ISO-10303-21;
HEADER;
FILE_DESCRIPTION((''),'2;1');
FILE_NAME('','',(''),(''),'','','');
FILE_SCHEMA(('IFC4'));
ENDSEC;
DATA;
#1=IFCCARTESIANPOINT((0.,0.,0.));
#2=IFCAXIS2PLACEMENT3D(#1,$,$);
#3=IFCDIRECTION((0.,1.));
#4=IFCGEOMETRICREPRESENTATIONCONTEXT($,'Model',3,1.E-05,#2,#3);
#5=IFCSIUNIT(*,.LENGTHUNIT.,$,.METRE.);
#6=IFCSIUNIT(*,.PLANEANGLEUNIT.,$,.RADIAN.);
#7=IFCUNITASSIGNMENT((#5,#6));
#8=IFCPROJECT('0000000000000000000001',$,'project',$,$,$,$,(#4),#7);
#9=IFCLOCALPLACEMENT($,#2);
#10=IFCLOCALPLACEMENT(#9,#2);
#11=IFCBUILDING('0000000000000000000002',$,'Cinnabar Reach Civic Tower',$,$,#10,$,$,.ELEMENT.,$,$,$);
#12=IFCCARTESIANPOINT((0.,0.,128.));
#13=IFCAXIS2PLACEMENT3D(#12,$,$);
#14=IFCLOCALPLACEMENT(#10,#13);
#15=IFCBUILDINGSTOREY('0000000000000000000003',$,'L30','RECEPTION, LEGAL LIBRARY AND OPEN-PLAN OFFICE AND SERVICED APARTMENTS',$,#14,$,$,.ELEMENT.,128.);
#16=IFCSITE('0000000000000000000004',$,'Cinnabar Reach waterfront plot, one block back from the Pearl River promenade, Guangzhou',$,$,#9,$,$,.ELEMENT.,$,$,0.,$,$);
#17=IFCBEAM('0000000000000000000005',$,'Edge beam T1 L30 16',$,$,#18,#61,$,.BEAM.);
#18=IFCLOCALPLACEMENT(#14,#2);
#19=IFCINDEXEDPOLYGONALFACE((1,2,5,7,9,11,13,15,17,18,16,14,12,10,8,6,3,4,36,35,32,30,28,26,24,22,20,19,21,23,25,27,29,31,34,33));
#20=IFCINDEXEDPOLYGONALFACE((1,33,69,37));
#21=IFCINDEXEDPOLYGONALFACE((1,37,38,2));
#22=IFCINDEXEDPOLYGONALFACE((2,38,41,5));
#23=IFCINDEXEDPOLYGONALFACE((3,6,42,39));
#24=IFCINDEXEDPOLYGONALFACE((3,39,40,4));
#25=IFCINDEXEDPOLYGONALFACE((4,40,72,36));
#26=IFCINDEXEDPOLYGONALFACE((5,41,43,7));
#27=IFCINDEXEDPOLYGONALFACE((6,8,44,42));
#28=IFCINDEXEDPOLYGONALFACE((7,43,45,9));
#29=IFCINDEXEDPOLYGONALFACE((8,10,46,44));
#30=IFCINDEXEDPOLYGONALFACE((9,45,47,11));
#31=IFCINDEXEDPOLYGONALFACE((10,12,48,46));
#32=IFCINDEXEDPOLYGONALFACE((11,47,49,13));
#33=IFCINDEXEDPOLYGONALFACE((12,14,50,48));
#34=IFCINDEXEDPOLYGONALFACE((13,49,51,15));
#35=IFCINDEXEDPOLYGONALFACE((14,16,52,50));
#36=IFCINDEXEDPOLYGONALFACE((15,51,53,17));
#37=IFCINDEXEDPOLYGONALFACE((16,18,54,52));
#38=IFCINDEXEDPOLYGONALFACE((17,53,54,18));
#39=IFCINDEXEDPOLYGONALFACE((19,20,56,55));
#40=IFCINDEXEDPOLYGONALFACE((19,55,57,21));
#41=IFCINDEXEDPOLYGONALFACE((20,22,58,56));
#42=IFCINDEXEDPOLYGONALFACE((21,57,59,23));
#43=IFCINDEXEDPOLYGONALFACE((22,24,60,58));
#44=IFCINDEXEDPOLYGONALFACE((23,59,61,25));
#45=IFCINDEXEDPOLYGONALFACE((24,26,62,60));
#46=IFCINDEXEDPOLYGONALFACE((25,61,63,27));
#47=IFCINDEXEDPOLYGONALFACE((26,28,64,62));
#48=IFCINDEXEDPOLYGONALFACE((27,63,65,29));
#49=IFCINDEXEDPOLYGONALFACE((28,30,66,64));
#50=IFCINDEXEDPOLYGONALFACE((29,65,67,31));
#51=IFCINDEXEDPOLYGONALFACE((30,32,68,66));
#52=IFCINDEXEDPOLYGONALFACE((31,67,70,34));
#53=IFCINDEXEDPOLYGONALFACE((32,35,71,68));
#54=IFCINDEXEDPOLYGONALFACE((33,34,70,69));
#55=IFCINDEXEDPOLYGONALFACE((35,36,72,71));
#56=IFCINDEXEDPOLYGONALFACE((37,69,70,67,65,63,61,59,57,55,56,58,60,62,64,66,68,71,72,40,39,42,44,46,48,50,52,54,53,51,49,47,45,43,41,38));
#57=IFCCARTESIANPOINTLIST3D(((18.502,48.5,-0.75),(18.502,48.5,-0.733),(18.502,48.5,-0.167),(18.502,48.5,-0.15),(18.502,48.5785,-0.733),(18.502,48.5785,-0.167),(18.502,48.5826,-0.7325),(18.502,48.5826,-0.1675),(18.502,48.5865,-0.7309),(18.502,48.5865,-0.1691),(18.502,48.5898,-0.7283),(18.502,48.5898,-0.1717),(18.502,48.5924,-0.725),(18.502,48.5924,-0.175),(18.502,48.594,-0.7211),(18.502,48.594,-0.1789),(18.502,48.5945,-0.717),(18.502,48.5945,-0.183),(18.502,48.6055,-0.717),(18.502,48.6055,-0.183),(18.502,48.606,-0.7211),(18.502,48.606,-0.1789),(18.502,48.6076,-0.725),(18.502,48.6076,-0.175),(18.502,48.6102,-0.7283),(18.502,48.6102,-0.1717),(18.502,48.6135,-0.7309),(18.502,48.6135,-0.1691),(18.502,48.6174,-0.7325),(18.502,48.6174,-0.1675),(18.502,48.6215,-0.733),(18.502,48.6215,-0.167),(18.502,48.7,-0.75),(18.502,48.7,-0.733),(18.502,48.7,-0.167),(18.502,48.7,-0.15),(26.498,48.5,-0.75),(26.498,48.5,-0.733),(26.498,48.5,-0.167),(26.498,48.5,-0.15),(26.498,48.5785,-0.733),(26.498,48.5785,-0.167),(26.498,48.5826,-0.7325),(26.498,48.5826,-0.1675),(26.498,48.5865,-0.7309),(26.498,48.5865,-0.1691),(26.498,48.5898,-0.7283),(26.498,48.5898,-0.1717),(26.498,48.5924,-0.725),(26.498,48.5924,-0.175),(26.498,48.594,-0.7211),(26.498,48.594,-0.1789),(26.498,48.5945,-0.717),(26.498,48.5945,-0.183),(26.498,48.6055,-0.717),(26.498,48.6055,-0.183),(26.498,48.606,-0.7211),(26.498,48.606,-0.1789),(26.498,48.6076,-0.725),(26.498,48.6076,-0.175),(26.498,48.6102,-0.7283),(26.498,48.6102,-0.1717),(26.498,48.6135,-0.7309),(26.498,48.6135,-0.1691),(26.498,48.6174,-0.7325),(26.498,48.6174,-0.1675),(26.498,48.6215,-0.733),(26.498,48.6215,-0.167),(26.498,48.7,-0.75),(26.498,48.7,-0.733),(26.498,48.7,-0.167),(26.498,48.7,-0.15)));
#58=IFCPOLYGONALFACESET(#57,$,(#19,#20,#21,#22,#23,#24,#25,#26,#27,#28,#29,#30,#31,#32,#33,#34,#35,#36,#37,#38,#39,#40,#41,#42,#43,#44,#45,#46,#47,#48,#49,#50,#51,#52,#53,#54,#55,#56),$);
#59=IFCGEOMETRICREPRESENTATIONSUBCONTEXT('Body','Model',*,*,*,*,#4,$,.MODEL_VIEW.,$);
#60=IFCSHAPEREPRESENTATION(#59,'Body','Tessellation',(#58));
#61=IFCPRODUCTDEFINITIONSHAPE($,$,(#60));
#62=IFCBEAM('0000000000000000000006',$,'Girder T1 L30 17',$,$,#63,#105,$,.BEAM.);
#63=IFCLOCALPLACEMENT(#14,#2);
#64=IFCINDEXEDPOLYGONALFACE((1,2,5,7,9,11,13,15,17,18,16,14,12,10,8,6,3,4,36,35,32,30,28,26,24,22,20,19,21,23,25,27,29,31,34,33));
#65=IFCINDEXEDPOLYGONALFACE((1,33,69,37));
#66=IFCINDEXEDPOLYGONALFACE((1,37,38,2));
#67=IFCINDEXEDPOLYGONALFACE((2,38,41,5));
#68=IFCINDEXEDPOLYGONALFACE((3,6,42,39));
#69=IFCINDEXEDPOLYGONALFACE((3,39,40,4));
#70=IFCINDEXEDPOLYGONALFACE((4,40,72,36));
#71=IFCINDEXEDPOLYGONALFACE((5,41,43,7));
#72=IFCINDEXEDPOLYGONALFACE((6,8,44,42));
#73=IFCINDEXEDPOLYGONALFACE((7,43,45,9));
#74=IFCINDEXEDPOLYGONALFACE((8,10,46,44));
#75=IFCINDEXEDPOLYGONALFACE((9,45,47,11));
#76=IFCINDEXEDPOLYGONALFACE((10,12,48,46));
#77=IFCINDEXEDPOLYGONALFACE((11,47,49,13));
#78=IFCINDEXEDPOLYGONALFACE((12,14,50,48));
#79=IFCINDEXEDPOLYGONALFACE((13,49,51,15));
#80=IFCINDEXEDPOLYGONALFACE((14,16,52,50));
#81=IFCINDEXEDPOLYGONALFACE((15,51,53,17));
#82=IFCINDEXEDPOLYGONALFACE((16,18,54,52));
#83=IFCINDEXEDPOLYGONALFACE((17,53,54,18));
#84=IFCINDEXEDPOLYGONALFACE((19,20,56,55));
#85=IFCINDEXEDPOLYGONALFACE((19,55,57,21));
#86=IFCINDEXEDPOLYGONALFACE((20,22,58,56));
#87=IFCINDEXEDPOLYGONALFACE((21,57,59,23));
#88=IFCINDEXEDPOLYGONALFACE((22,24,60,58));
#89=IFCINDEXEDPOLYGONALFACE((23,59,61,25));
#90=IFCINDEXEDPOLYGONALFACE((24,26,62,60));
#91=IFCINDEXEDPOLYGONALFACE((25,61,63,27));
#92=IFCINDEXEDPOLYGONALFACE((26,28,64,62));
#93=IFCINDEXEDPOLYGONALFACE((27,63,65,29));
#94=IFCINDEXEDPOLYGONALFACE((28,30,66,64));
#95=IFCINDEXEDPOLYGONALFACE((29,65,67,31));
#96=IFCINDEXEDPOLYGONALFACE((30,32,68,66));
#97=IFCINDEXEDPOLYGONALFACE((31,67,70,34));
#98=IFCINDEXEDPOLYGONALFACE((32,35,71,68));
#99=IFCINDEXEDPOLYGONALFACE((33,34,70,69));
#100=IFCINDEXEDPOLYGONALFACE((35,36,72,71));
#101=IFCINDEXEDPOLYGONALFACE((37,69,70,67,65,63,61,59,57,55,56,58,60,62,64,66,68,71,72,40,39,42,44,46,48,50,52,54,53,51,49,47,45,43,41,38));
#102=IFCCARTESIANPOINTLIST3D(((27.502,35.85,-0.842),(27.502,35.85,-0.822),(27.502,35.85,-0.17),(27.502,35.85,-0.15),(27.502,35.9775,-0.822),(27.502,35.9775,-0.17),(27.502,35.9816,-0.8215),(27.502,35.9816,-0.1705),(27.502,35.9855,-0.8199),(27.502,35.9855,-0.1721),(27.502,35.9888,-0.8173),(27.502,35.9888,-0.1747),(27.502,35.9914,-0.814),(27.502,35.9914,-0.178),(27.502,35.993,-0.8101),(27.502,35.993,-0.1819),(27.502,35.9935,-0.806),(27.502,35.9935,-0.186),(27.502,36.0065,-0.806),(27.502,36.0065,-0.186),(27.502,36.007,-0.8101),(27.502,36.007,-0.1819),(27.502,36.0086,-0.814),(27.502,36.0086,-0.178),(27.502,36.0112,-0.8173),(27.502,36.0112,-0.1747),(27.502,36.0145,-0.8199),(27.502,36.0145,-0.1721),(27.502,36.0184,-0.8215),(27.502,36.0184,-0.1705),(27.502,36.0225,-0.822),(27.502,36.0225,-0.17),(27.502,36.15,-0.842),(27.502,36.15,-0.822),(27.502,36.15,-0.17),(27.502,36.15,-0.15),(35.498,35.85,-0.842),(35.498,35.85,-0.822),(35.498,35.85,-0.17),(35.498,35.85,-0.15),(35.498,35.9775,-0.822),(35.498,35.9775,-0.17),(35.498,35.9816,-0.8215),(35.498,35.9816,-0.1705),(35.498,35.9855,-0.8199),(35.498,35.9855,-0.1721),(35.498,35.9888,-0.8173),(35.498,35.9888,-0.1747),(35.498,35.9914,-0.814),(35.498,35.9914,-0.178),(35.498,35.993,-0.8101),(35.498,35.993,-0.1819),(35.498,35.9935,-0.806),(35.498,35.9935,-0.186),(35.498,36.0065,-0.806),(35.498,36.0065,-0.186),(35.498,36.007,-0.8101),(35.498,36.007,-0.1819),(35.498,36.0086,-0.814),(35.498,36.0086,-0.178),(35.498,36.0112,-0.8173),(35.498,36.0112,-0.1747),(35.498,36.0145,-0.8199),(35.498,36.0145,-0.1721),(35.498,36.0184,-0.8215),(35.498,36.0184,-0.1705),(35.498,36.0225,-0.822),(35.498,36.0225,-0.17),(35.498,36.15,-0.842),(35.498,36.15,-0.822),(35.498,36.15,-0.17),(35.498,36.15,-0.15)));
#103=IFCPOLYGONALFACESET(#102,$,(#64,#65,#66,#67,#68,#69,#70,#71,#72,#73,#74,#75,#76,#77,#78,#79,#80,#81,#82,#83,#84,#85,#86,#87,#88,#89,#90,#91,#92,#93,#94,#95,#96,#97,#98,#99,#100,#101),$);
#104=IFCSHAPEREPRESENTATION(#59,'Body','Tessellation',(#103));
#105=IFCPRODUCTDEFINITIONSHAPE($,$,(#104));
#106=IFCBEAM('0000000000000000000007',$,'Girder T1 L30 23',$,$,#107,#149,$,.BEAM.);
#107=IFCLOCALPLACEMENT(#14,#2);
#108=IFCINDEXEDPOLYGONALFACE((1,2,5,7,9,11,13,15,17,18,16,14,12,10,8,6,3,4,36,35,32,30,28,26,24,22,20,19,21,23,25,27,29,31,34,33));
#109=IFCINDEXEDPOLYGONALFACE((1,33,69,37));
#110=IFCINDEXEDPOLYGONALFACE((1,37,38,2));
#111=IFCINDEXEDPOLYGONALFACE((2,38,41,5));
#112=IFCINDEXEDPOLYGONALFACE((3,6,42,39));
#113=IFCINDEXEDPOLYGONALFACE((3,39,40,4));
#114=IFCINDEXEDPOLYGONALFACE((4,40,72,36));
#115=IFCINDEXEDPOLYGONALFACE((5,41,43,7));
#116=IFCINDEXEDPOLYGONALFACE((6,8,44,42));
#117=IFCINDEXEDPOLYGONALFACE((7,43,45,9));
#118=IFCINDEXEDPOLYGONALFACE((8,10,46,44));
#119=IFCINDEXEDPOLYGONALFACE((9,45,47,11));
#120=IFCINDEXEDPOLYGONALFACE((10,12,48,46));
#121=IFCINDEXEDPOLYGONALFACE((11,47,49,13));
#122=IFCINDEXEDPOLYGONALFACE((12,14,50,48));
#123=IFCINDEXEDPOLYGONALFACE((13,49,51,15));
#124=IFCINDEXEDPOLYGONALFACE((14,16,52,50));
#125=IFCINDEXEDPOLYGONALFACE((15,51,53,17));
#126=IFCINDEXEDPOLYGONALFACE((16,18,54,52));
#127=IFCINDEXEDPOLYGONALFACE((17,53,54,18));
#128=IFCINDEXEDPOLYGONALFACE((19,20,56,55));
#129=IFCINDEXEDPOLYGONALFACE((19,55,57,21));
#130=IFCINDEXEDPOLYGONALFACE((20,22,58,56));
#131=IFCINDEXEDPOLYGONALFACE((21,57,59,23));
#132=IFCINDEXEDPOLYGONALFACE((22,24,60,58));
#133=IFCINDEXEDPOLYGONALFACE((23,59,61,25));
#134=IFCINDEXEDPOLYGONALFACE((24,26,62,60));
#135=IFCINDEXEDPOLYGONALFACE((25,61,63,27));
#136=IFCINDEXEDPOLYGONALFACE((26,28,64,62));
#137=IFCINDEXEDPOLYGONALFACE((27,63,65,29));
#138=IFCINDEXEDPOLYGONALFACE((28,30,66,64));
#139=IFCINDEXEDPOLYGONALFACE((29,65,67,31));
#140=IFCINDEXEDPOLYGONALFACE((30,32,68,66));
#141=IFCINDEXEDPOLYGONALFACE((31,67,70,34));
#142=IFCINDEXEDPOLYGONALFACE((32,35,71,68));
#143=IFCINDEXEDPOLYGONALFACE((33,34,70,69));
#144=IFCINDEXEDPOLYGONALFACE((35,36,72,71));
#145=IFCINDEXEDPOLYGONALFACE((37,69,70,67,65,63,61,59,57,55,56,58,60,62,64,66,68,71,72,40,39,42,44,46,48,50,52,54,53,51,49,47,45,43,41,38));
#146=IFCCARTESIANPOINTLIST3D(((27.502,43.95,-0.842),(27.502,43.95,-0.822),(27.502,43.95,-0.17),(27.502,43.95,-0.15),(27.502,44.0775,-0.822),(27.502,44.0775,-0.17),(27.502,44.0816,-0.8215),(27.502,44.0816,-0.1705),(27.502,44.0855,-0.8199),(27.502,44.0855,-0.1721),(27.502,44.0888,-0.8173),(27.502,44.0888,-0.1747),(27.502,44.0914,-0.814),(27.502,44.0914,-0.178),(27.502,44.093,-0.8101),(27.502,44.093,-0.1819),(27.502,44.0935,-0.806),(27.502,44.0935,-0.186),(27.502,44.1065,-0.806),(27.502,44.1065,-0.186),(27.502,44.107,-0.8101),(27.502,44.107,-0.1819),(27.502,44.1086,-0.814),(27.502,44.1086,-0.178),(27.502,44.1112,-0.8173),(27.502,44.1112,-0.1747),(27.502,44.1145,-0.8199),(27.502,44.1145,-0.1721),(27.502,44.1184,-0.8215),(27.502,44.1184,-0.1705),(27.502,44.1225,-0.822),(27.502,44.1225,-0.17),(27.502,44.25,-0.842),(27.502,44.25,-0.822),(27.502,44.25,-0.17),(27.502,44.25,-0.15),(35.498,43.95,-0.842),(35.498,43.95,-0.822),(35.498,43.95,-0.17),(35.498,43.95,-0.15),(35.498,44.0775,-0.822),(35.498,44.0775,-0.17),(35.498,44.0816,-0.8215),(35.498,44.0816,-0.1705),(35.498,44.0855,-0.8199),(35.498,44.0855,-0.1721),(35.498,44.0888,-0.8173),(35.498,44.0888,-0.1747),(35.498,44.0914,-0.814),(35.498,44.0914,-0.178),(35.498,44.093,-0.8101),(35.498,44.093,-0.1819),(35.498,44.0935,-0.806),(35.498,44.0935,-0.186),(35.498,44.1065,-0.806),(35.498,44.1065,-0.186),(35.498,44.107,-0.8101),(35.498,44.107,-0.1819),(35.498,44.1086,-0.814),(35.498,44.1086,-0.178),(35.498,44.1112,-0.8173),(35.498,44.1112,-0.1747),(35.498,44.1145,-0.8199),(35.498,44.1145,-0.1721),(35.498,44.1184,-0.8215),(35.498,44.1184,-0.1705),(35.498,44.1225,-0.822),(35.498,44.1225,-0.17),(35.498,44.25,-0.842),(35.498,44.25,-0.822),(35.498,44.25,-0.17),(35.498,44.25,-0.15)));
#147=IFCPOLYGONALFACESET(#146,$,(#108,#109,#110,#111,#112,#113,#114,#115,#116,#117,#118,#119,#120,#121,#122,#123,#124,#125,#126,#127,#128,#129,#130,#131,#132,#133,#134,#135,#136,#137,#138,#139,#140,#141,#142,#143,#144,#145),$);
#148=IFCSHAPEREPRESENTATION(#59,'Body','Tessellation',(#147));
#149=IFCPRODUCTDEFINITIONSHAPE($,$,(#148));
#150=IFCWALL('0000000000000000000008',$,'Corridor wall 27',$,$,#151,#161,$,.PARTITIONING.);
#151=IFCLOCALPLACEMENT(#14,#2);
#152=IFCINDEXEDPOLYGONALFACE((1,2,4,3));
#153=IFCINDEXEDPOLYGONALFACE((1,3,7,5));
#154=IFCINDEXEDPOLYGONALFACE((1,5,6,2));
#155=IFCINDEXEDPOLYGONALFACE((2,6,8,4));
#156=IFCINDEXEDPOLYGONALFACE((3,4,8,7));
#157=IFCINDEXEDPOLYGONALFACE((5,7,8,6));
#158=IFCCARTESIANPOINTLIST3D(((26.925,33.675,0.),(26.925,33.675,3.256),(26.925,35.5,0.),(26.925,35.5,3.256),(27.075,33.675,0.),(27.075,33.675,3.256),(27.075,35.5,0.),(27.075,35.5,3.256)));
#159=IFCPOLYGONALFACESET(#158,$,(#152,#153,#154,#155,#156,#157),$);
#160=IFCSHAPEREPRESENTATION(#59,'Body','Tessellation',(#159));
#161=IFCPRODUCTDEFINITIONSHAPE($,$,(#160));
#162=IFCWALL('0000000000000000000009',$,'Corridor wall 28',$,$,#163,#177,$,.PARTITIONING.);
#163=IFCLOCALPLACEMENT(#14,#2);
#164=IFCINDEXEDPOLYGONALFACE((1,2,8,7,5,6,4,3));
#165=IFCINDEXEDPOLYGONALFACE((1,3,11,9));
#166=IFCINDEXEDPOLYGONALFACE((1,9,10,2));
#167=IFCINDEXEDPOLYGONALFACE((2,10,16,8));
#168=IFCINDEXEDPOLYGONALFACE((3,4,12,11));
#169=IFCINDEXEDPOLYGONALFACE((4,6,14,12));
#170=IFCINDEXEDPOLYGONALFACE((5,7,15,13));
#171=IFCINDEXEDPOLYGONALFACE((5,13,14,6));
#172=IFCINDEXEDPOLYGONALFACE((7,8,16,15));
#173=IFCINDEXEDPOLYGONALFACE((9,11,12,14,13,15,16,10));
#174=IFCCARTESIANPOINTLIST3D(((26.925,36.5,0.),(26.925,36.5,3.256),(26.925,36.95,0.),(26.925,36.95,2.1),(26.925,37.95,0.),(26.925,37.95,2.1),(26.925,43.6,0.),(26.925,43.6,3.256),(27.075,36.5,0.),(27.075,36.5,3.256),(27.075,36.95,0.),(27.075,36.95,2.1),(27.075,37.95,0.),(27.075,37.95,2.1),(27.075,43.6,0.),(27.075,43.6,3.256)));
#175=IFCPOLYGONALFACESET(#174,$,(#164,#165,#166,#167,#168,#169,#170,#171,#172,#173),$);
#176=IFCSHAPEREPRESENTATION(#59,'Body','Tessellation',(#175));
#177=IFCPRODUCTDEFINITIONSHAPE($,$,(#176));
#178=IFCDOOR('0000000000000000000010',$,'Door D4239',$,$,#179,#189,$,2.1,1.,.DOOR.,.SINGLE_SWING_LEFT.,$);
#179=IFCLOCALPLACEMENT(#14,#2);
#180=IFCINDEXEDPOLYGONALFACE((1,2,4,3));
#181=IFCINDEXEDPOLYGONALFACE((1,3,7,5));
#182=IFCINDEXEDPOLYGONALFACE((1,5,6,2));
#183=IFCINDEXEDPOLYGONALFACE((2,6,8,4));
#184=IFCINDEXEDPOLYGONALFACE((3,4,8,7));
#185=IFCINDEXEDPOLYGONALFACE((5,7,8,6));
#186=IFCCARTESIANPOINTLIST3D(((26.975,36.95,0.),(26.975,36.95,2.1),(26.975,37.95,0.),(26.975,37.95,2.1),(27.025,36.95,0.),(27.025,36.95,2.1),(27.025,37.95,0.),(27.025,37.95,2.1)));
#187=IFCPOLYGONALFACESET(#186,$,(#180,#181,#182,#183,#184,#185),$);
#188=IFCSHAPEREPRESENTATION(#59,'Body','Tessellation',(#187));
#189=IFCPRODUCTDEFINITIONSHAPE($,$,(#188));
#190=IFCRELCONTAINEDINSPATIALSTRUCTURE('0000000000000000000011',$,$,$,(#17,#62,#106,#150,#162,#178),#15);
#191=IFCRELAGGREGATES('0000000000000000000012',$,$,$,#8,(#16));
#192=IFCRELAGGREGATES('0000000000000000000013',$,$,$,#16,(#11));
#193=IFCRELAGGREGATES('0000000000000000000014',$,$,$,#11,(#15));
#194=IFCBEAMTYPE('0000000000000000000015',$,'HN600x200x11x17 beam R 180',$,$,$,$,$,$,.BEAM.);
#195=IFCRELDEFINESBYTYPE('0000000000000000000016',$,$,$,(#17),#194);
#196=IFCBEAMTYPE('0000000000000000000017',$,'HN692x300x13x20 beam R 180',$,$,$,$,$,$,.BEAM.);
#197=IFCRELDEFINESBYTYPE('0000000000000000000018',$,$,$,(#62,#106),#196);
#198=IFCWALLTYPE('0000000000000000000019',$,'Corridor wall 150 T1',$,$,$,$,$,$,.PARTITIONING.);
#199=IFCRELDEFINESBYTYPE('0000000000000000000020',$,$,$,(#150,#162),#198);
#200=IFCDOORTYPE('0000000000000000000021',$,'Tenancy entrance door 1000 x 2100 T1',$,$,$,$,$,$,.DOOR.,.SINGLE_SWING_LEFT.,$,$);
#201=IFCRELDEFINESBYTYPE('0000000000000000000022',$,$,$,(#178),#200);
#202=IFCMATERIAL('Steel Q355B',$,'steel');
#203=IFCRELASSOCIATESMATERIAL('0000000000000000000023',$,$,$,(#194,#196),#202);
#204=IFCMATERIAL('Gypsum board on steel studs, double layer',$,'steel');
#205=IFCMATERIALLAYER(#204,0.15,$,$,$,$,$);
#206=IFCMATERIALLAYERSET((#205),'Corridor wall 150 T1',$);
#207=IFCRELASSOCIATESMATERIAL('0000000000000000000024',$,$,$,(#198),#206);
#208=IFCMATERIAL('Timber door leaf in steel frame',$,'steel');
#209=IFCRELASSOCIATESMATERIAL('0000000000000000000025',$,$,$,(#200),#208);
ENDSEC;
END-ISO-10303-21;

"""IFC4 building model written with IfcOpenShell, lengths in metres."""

from ifc_helpers import new_model, si_unit, direction, frame, frame_2d, origin, origin_2d, place, context, subcontext, project, spatial, rectangle, i_section, extrude, material, layer, layer_set, material_profile, profile_set, type_object, element, fill, save


model = new_model("IFC4")

# Units and contexts
model_context = context("Model", 3, precision=1e-05, world=origin(), true_north=direction((0.0, 1.0)))
body_context = subcontext(model_context, "Body", "Model", "MODEL_VIEW")
ifc_project = project(units=[si_unit("LENGTHUNIT", "METRE"), si_unit("PLANEANGLEUNIT", "RADIAN")], contexts=[model_context])

# Site, building, storey
site_placement = place(None, origin())
site = spatial("IfcSite", under=ifc_project, at=site_placement, Name="Cinnabar Reach waterfront plot, one block back from the Pearl River promenade, Guangzhou", CompositionType="ELEMENT", RefElevation=0.0)
building_placement = place(site_placement, origin())
building = spatial("IfcBuilding", under=site, at=building_placement, Name="Cinnabar Reach Civic Tower", CompositionType="ELEMENT")
storey_placement = place(building_placement, frame((0.0, 0.0, 128.0)))
storey = spatial("IfcBuildingStorey", under=building, at=storey_placement, Name="L30", Description="RECEPTION, LEGAL LIBRARY AND OPEN-PLAN OFFICE AND SERVICED APARTMENTS", CompositionType="ELEMENT", Elevation=128.0)

# Beams
ifc_material_1 = material(Name="Steel Q355B", Category="steel")
ifc_material_profile_1 = material_profile(ifc_material_1, i_section(OverallWidth=0.2, OverallDepth=0.6, WebThickness=0.011, FlangeThickness=0.017, FilletRadius=0.016, at=origin_2d()), Name="HN600x200x11x17")
ifc_profile_set_1 = profile_set([ifc_material_profile_1], Name="Steel Q355B")
beam_type_1 = type_object("IfcBeamType", Name="HN600x200x11x17 beam R 180", PredefinedType="BEAM", material=ifc_profile_set_1)
for number, where, z_axis, x_axis, name in (
    (1, (26.498, 48.6, -0.45), (-1.0, 0.0, 0.0), (0.0, -1.0, 0.0), "Edge beam T1 L30 16"),
):
    element("IfcBeam", number, at=place(storey_placement, frame(where, z_axis=z_axis, x_axis=x_axis)), inside=storey, type_object=beam_type_1, Name=name, PredefinedType="BEAM", context=body_context, shape_type="SweptSolid", body=[
        extrude(i_section(OverallWidth=0.2, OverallDepth=0.6, WebThickness=0.011, FlangeThickness=0.017, FilletRadius=0.016, at=origin_2d()), origin(), (0.0, 0.0, 1.0), 7.996),
    ])
ifc_material_profile_2 = material_profile(ifc_material_1, i_section(OverallWidth=0.3, OverallDepth=0.692, WebThickness=0.013, FlangeThickness=0.02, FilletRadius=0.016, at=origin_2d()), Name="HN692x300x13x20")
ifc_profile_set_2 = profile_set([ifc_material_profile_2], Name="Steel Q355B")
beam_type_2 = type_object("IfcBeamType", Name="HN692x300x13x20 beam R 180", PredefinedType="BEAM", material=ifc_profile_set_2)
for number, where, z_axis, x_axis, name in (
    (2, (27.502, 36.0, -0.496), (1.0, 0.0, 0.0), (0.0, 1.0, 0.0), "Girder T1 L30 17"),
    (3, (27.502, 44.1, -0.496), (1.0, 0.0, 0.0), (0.0, 1.0, 0.0), "Girder T1 L30 23"),
):
    element("IfcBeam", number, at=place(storey_placement, frame(where, z_axis=z_axis, x_axis=x_axis)), inside=storey, type_object=beam_type_2, Name=name, PredefinedType="BEAM", context=body_context, shape_type="SweptSolid", body=[
        extrude(i_section(OverallWidth=0.3, OverallDepth=0.692, WebThickness=0.013, FlangeThickness=0.02, FilletRadius=0.016, at=origin_2d()), origin(), (0.0, 0.0, 1.0), 7.996),
    ])

# Wall
ifc_material_2 = material(Name="Gypsum board on steel studs, double layer", Category="steel")
ifc_layer_1 = layer(ifc_material_2, 0.15)
ifc_layer_set_1 = layer_set([ifc_layer_1], Name="Corridor wall 150 T1")
wall_type_1 = type_object("IfcWallType", Name="Corridor wall 150 T1", PredefinedType="PARTITIONING", material=ifc_layer_set_1)
wall_1_placement = place(storey_placement, frame((27.0, 33.675, 0.0), z_axis=(0.0, 0.0, 1.0), x_axis=(0.0, 1.0, 0.0)))
element("IfcWall", 4, at=wall_1_placement, inside=storey, type_object=wall_type_1, Name="Corridor wall 27", PredefinedType="PARTITIONING", context=body_context, shape_type="SweptSolid", body=[
    extrude(rectangle(XDim=1.825, YDim=0.15, at=frame_2d((0.9125, 0.0))), origin(), (0.0, 0.0, 1.0), 3.256),
])

# Wall, opening, door
wall_2_placement = place(storey_placement, frame((27.0, 36.5, 0.0), z_axis=(0.0, 0.0, 1.0), x_axis=(0.0, 1.0, 0.0)))
wall_2 = element("IfcWall", 5, at=wall_2_placement, inside=storey, type_object=wall_type_1, Name="Corridor wall 28", PredefinedType="PARTITIONING", context=body_context, shape_type="SweptSolid", body=[
    extrude(rectangle(XDim=7.1, YDim=0.15, at=frame_2d((3.55, 0.0))), origin(), (0.0, 0.0, 1.0), 3.256),
])
opening_1_placement = place(wall_2_placement, frame((0.45, 0.0, 0.0)))
opening_1 = element("IfcOpeningElement", 6, at=opening_1_placement, cuts=wall_2, PredefinedType="OPENING", context=body_context, shape_type="SweptSolid", body=[
    extrude(rectangle(XDim=1.0, YDim=2.1, at=frame_2d((0.5, 1.05))), frame((0.0, 0.085, 0.0), z_axis=(0.0, -1.0, 0.0), x_axis=(1.0, 0.0, 0.0)), (0.0, 0.0, 1.0), 0.17),
])
ifc_material_3 = material(Name="Timber door leaf in steel frame", Category="steel")
door_type_1 = type_object("IfcDoorType", Name="Tenancy entrance door 1000 x 2100 T1", OperationType="SINGLE_SWING_LEFT", PredefinedType="DOOR", material=ifc_material_3)
door_1_placement = place(opening_1_placement, frame((1.0, 0.0, 0.0), z_axis=(0.0, 0.0, 1.0), x_axis=(-1.0, 0.0, 0.0)))
door_1 = element("IfcDoor", 7, at=door_1_placement, inside=storey, type_object=door_type_1, Name="Door D4239", OperationType="SINGLE_SWING_LEFT", OverallHeight=2.1, OverallWidth=1.0, PredefinedType="DOOR", context=body_context, shape_type="SweptSolid", body=[
    extrude(rectangle(XDim=1.0, YDim=2.1, at=frame_2d((0.5, 1.05))), frame((0.0, 0.025, 0.0), z_axis=(0.0, -1.0, 0.0), x_axis=(1.0, 0.0, 0.0)), (0.0, 0.0, 1.0), 0.05),
])
fill(opening_1, door_1)

save(model, "model.ifc")
